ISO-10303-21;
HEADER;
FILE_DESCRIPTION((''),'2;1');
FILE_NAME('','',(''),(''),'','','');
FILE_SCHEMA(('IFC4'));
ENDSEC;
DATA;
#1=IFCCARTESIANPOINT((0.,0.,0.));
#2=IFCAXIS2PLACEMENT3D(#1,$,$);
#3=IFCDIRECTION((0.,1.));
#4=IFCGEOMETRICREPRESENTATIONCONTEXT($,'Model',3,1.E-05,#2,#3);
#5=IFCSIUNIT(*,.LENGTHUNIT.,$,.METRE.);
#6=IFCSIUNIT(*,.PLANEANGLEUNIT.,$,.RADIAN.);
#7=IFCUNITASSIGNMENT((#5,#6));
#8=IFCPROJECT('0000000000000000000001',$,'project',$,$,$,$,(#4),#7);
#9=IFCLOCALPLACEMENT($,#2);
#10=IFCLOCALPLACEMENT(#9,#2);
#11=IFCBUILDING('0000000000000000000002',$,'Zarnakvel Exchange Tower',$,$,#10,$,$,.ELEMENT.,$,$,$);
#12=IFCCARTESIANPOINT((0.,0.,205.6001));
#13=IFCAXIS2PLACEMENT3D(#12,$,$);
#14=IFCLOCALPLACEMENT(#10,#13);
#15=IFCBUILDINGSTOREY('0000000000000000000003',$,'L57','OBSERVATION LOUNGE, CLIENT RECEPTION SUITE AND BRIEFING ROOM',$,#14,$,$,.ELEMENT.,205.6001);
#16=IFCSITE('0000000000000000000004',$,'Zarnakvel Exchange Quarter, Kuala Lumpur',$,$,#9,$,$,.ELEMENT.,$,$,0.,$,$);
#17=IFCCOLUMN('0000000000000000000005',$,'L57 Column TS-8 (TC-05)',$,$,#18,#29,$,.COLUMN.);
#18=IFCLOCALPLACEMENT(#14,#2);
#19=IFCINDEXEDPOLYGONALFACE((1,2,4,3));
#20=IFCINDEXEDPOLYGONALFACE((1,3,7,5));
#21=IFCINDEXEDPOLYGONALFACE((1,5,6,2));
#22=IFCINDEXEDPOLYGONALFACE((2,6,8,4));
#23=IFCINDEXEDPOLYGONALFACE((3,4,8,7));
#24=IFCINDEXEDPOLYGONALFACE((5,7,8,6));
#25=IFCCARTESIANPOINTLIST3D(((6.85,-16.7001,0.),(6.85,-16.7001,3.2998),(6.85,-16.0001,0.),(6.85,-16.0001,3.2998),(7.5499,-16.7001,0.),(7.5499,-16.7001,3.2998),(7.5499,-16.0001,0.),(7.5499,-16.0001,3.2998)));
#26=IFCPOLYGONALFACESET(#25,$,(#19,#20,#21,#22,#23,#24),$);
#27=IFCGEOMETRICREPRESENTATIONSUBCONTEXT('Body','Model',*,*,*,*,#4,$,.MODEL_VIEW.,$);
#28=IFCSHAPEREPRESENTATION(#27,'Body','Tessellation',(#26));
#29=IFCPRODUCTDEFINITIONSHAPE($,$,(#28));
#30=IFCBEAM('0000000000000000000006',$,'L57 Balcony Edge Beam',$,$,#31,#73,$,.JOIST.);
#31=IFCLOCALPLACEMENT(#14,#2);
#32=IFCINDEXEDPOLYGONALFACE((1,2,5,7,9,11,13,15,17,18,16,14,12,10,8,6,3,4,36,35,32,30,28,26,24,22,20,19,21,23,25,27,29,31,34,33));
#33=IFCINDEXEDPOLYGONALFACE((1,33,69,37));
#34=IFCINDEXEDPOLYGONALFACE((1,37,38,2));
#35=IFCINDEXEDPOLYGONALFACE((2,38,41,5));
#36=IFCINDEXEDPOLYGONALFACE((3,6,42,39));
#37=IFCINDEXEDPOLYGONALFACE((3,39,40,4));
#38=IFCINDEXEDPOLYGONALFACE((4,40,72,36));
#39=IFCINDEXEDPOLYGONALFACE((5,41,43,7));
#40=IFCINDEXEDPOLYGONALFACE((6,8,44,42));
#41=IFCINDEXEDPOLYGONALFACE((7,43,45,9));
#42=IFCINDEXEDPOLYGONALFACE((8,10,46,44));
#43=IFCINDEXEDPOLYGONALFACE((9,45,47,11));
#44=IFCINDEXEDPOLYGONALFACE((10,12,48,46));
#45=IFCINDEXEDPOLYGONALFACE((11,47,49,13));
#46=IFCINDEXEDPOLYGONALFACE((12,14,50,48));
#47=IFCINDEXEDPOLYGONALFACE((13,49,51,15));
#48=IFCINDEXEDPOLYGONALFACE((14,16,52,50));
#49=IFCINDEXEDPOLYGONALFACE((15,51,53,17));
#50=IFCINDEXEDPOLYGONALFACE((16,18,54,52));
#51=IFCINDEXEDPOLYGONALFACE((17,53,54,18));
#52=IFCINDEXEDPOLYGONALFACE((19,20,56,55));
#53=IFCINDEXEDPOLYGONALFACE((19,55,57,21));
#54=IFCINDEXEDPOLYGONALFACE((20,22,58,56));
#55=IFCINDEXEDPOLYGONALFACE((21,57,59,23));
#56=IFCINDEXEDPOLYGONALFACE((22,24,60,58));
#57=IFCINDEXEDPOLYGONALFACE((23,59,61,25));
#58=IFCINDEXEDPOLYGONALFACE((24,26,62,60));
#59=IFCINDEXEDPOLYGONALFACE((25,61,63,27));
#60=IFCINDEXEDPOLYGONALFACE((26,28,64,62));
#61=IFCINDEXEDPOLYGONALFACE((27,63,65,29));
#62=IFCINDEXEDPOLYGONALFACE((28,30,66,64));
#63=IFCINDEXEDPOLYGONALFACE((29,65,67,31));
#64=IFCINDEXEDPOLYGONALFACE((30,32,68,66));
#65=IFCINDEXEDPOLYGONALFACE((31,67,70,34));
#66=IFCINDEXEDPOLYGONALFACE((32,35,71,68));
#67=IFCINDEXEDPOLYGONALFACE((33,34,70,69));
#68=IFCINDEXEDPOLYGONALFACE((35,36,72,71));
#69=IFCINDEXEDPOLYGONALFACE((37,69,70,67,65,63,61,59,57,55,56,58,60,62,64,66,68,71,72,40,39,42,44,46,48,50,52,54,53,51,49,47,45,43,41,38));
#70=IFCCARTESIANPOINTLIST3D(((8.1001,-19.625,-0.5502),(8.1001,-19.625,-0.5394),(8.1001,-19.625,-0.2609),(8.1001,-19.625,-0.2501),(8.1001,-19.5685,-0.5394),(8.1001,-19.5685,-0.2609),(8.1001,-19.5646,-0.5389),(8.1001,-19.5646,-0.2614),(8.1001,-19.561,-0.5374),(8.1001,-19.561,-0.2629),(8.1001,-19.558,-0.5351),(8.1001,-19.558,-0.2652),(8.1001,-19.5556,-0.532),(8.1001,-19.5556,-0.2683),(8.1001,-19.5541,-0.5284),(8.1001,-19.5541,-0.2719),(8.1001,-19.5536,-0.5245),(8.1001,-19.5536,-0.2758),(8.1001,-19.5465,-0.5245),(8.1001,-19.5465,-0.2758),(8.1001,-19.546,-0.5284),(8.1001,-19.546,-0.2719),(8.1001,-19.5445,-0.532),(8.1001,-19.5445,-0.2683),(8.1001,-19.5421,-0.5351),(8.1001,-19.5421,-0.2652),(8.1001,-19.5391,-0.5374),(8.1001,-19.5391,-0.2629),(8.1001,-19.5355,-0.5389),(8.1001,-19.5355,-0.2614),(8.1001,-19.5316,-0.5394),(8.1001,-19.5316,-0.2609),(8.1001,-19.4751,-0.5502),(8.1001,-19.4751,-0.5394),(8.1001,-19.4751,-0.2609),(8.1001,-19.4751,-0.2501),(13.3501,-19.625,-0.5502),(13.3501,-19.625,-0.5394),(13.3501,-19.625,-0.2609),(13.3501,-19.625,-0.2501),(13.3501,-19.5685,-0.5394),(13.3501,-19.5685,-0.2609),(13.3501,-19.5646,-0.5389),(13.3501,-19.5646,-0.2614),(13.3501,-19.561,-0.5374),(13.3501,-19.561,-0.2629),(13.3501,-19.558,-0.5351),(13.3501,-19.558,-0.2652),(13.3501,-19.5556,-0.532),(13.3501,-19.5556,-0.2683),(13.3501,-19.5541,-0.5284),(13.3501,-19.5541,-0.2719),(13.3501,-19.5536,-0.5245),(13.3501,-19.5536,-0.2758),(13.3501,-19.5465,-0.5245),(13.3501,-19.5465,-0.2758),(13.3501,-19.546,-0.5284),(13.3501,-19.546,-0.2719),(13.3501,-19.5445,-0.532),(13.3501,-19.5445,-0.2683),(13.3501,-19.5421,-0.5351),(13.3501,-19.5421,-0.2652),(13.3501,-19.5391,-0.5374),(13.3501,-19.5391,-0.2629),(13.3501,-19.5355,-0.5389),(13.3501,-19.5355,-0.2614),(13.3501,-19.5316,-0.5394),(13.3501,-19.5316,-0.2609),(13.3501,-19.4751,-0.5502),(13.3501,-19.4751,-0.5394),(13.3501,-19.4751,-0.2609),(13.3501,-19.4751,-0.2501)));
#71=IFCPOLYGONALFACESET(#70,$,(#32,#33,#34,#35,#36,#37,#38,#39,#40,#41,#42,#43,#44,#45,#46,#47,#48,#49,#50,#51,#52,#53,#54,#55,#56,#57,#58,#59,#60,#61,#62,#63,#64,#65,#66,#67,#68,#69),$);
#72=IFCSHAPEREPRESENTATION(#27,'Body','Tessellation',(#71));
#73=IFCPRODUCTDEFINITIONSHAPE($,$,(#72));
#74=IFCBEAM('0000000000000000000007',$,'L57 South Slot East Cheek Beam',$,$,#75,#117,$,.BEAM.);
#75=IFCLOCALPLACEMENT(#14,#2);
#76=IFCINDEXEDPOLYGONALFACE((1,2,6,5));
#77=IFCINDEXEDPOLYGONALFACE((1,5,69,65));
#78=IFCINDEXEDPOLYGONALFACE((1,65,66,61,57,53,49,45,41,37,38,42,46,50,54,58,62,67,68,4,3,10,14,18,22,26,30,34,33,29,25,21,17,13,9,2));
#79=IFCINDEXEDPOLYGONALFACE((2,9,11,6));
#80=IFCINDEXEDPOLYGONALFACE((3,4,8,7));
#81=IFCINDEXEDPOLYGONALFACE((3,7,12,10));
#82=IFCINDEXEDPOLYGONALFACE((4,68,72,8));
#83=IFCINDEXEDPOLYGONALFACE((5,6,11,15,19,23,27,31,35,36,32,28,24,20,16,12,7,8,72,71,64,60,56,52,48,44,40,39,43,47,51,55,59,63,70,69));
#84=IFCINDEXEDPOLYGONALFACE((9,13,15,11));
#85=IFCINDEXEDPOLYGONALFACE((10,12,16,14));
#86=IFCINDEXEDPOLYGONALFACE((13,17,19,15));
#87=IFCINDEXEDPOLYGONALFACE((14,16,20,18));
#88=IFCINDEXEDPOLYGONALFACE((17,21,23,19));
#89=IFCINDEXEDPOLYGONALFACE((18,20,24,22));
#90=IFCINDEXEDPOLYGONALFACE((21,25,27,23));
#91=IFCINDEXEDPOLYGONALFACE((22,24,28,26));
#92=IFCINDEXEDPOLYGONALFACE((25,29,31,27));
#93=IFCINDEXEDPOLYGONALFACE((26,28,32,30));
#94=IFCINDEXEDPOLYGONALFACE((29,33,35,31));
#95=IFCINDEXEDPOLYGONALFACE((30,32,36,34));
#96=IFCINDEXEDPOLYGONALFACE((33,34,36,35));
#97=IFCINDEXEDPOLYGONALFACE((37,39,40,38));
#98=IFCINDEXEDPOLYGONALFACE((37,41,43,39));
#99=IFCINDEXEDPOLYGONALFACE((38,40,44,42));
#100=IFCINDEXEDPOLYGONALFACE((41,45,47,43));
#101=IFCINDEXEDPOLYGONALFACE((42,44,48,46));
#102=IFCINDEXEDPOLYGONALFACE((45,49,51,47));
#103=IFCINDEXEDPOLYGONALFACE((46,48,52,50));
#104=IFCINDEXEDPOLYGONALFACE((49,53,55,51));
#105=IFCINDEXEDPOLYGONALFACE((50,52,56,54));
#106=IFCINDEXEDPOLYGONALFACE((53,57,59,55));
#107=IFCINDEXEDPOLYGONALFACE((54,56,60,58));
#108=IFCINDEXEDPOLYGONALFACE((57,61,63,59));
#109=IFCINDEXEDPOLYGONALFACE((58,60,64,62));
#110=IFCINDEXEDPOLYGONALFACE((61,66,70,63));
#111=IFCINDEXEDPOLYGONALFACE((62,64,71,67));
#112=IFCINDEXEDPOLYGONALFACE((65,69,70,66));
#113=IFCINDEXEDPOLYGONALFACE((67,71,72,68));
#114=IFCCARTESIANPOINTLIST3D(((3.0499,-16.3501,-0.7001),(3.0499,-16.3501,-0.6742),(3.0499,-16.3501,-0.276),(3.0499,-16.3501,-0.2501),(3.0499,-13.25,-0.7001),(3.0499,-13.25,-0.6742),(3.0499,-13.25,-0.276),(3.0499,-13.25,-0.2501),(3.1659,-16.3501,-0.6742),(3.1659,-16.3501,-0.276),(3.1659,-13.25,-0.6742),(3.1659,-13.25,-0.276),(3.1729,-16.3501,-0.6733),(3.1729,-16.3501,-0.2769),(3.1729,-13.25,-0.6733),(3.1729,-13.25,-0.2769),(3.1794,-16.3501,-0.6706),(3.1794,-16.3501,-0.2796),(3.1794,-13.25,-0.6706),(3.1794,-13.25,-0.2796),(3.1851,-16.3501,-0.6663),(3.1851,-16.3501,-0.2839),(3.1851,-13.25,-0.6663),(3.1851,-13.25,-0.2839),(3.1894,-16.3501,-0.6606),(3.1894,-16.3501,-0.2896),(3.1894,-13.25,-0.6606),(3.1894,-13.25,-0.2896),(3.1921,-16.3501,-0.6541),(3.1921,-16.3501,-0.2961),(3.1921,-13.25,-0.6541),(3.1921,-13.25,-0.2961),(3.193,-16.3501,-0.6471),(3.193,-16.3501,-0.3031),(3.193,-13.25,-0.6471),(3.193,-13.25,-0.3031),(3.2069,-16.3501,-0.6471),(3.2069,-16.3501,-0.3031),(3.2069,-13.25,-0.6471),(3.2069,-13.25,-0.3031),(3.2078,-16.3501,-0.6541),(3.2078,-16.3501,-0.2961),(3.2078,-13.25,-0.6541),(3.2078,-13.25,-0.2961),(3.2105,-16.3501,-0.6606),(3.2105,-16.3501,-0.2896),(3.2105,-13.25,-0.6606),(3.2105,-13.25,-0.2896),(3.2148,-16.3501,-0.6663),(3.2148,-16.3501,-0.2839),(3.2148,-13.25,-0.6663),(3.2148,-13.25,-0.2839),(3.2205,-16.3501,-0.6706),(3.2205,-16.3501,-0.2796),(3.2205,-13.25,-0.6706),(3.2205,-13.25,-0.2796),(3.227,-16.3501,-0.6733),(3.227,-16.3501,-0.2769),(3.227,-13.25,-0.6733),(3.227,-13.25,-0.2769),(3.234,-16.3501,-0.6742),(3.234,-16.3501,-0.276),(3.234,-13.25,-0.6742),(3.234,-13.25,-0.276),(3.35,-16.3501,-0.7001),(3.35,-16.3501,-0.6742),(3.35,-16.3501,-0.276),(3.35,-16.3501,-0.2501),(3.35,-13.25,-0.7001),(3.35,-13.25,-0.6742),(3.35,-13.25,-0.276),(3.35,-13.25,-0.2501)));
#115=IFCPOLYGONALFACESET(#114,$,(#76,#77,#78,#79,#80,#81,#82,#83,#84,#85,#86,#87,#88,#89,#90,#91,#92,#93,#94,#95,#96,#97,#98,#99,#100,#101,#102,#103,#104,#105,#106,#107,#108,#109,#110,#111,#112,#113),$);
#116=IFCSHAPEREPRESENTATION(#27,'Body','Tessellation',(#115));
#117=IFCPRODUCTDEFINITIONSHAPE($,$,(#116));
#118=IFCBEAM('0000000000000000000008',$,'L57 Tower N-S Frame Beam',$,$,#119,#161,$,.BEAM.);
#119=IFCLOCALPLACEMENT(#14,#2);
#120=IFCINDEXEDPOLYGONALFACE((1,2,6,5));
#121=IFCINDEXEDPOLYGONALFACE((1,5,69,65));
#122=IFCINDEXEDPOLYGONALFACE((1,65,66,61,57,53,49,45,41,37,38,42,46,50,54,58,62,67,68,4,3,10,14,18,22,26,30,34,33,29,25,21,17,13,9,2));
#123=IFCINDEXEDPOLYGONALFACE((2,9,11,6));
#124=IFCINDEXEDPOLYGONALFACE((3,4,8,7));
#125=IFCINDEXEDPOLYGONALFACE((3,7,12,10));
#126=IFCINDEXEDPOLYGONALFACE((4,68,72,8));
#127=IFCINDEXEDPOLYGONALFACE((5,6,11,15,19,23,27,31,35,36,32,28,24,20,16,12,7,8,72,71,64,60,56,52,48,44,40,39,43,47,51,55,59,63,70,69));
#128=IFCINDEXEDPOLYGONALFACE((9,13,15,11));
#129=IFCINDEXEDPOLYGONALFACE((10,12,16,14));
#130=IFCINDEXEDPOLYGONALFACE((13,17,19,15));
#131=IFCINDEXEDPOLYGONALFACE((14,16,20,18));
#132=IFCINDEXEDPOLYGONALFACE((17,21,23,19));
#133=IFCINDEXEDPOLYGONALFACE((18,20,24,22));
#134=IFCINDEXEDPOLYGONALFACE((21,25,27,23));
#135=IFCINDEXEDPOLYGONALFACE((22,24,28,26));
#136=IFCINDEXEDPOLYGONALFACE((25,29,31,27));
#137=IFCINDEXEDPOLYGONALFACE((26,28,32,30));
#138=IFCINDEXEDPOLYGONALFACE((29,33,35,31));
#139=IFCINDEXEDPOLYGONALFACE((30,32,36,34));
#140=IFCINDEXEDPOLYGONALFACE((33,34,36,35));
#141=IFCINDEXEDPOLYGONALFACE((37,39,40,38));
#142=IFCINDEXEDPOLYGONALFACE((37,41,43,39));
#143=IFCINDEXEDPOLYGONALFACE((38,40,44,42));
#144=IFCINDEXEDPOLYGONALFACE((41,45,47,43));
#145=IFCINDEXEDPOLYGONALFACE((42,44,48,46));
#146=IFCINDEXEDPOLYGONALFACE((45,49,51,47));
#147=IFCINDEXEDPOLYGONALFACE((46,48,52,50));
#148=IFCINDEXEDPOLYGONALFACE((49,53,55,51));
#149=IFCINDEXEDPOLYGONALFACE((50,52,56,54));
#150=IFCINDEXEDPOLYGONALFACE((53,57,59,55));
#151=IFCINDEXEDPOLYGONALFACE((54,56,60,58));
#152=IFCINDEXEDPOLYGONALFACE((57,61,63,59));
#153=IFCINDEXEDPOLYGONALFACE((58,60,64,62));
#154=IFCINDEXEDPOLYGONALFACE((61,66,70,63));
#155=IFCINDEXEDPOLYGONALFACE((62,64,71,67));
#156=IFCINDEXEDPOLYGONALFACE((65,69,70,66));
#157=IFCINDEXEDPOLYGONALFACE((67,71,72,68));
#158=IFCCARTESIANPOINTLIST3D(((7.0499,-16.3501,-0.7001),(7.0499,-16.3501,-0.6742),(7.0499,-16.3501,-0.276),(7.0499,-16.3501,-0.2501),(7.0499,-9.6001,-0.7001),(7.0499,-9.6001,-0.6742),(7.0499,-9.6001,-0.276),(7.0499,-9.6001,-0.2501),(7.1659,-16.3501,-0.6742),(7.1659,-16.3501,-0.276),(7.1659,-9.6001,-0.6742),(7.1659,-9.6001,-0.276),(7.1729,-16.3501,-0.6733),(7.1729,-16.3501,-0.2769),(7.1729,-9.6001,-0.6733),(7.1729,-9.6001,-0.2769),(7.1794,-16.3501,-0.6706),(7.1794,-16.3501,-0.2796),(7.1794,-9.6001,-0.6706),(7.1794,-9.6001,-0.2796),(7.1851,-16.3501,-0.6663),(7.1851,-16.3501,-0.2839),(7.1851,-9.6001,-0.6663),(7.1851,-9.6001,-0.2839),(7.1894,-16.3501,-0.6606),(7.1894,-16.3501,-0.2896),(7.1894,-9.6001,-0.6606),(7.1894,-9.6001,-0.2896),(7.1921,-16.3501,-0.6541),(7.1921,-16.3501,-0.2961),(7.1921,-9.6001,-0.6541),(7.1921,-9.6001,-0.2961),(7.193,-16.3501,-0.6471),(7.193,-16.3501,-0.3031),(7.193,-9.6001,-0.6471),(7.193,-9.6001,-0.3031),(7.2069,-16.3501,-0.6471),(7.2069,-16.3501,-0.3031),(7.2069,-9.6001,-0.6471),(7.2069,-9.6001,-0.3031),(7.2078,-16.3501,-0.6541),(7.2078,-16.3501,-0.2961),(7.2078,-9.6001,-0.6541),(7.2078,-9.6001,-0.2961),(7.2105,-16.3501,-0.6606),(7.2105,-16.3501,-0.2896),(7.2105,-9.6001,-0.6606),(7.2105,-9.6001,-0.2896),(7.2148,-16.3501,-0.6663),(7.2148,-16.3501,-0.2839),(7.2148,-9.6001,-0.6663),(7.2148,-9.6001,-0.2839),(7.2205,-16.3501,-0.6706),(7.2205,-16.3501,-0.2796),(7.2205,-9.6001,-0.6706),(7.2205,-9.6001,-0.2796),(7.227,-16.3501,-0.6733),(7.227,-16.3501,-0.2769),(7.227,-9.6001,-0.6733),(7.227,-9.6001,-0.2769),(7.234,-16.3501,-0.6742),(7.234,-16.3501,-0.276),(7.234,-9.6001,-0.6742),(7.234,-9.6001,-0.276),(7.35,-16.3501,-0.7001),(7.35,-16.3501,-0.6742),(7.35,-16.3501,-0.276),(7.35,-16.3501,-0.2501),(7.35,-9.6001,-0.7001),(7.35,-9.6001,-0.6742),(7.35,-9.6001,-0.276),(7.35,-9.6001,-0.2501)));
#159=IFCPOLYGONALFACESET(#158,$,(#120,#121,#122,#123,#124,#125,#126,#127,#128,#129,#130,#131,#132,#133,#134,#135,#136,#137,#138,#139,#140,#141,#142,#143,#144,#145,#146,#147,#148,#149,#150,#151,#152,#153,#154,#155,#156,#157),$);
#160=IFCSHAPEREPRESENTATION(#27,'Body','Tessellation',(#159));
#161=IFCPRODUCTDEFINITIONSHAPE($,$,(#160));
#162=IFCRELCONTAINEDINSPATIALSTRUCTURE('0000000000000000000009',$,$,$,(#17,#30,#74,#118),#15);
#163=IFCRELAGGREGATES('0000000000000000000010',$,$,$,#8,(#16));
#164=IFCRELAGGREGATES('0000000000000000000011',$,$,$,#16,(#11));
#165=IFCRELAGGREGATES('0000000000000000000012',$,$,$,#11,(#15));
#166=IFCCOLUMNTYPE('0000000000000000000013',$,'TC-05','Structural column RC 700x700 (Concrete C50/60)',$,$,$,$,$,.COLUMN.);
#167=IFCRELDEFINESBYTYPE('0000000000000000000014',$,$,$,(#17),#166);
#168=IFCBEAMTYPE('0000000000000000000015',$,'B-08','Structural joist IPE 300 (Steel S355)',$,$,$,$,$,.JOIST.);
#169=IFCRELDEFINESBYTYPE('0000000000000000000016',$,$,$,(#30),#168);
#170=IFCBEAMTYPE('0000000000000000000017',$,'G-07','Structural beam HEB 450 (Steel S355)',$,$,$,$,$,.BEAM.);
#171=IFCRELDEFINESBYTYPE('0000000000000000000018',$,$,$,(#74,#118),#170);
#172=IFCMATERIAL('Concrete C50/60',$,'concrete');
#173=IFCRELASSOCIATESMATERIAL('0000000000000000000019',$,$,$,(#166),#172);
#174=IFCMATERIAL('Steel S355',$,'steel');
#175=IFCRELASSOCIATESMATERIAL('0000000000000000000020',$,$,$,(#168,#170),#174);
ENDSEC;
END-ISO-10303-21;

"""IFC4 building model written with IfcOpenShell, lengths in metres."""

from ifc_helpers import new_model, si_unit, direction, frame, origin, origin_2d, place, context, subcontext, project, spatial, rectangle, i_section, extrude, material, material_profile, profile_set, type_object, element, save


model = new_model("IFC4")

# Units and contexts
model_context = context("Model", 3, precision=1e-05, world=origin(), true_north=direction((0.0, 1.0)))
body_context = subcontext(model_context, "Body", "Model", "MODEL_VIEW")
ifc_project = project(units=[si_unit("LENGTHUNIT", "METRE"), si_unit("PLANEANGLEUNIT", "RADIAN")], contexts=[model_context])

# Site, building, storey
site_placement = place(None, origin())
site = spatial("IfcSite", under=ifc_project, at=site_placement, Name="Zarnakvel Exchange Quarter, Kuala Lumpur", CompositionType="ELEMENT", RefElevation=0.0)
building_placement = place(site_placement, origin())
building = spatial("IfcBuilding", under=site, at=building_placement, Name="Zarnakvel Exchange Tower", CompositionType="ELEMENT")
storey_placement = place(building_placement, frame((0.0, 0.0, 205.6001)))
storey = spatial("IfcBuildingStorey", under=building, at=storey_placement, Name="L57", Description="OBSERVATION LOUNGE, CLIENT RECEPTION SUITE AND BRIEFING ROOM", CompositionType="ELEMENT", Elevation=205.6001)

# Column
ifc_material_1 = material(Name="Concrete C50/60", Category="concrete")
ifc_material_profile_1 = material_profile(ifc_material_1, rectangle(XDim=0.7, YDim=0.7, at=origin_2d()))
ifc_profile_set_1 = profile_set([ifc_material_profile_1], Name="Concrete C50/60")
column_type = type_object("IfcColumnType", Name="TC-05", Description="Structural column RC 700x700 (Concrete C50/60)", PredefinedType="COLUMN", material=ifc_profile_set_1)
column_placement = place(storey_placement, frame((7.2, -16.3501, 0.0), z_axis=(0.0, 0.0, 1.0), x_axis=(1.0, 0.0, 0.0)))
element("IfcColumn", 1, at=column_placement, inside=storey, type_object=column_type, Name="L57 Column TS-8 (TC-05)", PredefinedType="COLUMN", context=body_context, shape_type="SweptSolid", body=[
    extrude(rectangle(XDim=0.7, YDim=0.7, at=origin_2d()), origin(), (0.0, 0.0, 1.0), 3.2998),
])

# Beams
ifc_material_2 = material(Name="Steel S355", Category="steel")
ifc_material_profile_2 = material_profile(ifc_material_2, i_section(OverallWidth=0.1499, OverallDepth=0.3, WebThickness=0.0071, FlangeThickness=0.0107, FilletRadius=0.0149, at=origin_2d()))
ifc_profile_set_2 = profile_set([ifc_material_profile_2], Name="Steel S355")
beam_type_1 = type_object("IfcBeamType", Name="B-08", Description="Structural joist IPE 300 (Steel S355)", PredefinedType="JOIST", material=ifc_profile_set_2)
beam_1_placement = place(storey_placement, frame((8.1001, -19.55, -0.4001), z_axis=(1.0, 0.0, 0.0), x_axis=(0.0, 1.0, 0.0)))
element("IfcBeam", 2, at=beam_1_placement, inside=storey, type_object=beam_type_1, Name="L57 Balcony Edge Beam", PredefinedType="JOIST", context=body_context, shape_type="SweptSolid", body=[
    extrude(i_section(OverallWidth=0.1499, OverallDepth=0.3, WebThickness=0.0071, FlangeThickness=0.0107, FilletRadius=0.0149, at=origin_2d()), origin(), (0.0, 0.0, 1.0), 5.25),
])
ifc_material_profile_3 = material_profile(ifc_material_2, i_section(OverallWidth=0.3, OverallDepth=0.45, WebThickness=0.0139, FlangeThickness=0.0259, FilletRadius=0.0271, at=origin_2d()))
ifc_profile_set_3 = profile_set([ifc_material_profile_3], Name="Steel S355")
beam_type_2 = type_object("IfcBeamType", Name="G-07", Description="Structural beam HEB 450 (Steel S355)", PredefinedType="BEAM", material=ifc_profile_set_3)
beam_2_placement = place(storey_placement, frame((3.2, -16.3501, -0.4751), z_axis=(0.0, 1.0, 0.0), x_axis=(-1.0, 0.0, 0.0)))
element("IfcBeam", 3, at=beam_2_placement, inside=storey, type_object=beam_type_2, Name="L57 South Slot East Cheek Beam", PredefinedType="BEAM", context=body_context, shape_type="SweptSolid", body=[
    extrude(i_section(OverallWidth=0.3, OverallDepth=0.45, WebThickness=0.0139, FlangeThickness=0.0259, FilletRadius=0.0271, at=origin_2d()), origin(), (0.0, 0.0, 1.0), 3.1001),
])
beam_3_placement = place(storey_placement, frame((7.2, -16.3501, -0.4751), z_axis=(0.0, 1.0, 0.0), x_axis=(-1.0, 0.0, 0.0)))
element("IfcBeam", 4, at=beam_3_placement, inside=storey, type_object=beam_type_2, Name="L57 Tower N-S Frame Beam", PredefinedType="BEAM", context=body_context, shape_type="SweptSolid", body=[
    extrude(i_section(OverallWidth=0.3, OverallDepth=0.45, WebThickness=0.0139, FlangeThickness=0.0259, FilletRadius=0.0271, at=origin_2d()), origin(), (0.0, 0.0, 1.0), 6.75),
])

save(model, "model.ifc")
